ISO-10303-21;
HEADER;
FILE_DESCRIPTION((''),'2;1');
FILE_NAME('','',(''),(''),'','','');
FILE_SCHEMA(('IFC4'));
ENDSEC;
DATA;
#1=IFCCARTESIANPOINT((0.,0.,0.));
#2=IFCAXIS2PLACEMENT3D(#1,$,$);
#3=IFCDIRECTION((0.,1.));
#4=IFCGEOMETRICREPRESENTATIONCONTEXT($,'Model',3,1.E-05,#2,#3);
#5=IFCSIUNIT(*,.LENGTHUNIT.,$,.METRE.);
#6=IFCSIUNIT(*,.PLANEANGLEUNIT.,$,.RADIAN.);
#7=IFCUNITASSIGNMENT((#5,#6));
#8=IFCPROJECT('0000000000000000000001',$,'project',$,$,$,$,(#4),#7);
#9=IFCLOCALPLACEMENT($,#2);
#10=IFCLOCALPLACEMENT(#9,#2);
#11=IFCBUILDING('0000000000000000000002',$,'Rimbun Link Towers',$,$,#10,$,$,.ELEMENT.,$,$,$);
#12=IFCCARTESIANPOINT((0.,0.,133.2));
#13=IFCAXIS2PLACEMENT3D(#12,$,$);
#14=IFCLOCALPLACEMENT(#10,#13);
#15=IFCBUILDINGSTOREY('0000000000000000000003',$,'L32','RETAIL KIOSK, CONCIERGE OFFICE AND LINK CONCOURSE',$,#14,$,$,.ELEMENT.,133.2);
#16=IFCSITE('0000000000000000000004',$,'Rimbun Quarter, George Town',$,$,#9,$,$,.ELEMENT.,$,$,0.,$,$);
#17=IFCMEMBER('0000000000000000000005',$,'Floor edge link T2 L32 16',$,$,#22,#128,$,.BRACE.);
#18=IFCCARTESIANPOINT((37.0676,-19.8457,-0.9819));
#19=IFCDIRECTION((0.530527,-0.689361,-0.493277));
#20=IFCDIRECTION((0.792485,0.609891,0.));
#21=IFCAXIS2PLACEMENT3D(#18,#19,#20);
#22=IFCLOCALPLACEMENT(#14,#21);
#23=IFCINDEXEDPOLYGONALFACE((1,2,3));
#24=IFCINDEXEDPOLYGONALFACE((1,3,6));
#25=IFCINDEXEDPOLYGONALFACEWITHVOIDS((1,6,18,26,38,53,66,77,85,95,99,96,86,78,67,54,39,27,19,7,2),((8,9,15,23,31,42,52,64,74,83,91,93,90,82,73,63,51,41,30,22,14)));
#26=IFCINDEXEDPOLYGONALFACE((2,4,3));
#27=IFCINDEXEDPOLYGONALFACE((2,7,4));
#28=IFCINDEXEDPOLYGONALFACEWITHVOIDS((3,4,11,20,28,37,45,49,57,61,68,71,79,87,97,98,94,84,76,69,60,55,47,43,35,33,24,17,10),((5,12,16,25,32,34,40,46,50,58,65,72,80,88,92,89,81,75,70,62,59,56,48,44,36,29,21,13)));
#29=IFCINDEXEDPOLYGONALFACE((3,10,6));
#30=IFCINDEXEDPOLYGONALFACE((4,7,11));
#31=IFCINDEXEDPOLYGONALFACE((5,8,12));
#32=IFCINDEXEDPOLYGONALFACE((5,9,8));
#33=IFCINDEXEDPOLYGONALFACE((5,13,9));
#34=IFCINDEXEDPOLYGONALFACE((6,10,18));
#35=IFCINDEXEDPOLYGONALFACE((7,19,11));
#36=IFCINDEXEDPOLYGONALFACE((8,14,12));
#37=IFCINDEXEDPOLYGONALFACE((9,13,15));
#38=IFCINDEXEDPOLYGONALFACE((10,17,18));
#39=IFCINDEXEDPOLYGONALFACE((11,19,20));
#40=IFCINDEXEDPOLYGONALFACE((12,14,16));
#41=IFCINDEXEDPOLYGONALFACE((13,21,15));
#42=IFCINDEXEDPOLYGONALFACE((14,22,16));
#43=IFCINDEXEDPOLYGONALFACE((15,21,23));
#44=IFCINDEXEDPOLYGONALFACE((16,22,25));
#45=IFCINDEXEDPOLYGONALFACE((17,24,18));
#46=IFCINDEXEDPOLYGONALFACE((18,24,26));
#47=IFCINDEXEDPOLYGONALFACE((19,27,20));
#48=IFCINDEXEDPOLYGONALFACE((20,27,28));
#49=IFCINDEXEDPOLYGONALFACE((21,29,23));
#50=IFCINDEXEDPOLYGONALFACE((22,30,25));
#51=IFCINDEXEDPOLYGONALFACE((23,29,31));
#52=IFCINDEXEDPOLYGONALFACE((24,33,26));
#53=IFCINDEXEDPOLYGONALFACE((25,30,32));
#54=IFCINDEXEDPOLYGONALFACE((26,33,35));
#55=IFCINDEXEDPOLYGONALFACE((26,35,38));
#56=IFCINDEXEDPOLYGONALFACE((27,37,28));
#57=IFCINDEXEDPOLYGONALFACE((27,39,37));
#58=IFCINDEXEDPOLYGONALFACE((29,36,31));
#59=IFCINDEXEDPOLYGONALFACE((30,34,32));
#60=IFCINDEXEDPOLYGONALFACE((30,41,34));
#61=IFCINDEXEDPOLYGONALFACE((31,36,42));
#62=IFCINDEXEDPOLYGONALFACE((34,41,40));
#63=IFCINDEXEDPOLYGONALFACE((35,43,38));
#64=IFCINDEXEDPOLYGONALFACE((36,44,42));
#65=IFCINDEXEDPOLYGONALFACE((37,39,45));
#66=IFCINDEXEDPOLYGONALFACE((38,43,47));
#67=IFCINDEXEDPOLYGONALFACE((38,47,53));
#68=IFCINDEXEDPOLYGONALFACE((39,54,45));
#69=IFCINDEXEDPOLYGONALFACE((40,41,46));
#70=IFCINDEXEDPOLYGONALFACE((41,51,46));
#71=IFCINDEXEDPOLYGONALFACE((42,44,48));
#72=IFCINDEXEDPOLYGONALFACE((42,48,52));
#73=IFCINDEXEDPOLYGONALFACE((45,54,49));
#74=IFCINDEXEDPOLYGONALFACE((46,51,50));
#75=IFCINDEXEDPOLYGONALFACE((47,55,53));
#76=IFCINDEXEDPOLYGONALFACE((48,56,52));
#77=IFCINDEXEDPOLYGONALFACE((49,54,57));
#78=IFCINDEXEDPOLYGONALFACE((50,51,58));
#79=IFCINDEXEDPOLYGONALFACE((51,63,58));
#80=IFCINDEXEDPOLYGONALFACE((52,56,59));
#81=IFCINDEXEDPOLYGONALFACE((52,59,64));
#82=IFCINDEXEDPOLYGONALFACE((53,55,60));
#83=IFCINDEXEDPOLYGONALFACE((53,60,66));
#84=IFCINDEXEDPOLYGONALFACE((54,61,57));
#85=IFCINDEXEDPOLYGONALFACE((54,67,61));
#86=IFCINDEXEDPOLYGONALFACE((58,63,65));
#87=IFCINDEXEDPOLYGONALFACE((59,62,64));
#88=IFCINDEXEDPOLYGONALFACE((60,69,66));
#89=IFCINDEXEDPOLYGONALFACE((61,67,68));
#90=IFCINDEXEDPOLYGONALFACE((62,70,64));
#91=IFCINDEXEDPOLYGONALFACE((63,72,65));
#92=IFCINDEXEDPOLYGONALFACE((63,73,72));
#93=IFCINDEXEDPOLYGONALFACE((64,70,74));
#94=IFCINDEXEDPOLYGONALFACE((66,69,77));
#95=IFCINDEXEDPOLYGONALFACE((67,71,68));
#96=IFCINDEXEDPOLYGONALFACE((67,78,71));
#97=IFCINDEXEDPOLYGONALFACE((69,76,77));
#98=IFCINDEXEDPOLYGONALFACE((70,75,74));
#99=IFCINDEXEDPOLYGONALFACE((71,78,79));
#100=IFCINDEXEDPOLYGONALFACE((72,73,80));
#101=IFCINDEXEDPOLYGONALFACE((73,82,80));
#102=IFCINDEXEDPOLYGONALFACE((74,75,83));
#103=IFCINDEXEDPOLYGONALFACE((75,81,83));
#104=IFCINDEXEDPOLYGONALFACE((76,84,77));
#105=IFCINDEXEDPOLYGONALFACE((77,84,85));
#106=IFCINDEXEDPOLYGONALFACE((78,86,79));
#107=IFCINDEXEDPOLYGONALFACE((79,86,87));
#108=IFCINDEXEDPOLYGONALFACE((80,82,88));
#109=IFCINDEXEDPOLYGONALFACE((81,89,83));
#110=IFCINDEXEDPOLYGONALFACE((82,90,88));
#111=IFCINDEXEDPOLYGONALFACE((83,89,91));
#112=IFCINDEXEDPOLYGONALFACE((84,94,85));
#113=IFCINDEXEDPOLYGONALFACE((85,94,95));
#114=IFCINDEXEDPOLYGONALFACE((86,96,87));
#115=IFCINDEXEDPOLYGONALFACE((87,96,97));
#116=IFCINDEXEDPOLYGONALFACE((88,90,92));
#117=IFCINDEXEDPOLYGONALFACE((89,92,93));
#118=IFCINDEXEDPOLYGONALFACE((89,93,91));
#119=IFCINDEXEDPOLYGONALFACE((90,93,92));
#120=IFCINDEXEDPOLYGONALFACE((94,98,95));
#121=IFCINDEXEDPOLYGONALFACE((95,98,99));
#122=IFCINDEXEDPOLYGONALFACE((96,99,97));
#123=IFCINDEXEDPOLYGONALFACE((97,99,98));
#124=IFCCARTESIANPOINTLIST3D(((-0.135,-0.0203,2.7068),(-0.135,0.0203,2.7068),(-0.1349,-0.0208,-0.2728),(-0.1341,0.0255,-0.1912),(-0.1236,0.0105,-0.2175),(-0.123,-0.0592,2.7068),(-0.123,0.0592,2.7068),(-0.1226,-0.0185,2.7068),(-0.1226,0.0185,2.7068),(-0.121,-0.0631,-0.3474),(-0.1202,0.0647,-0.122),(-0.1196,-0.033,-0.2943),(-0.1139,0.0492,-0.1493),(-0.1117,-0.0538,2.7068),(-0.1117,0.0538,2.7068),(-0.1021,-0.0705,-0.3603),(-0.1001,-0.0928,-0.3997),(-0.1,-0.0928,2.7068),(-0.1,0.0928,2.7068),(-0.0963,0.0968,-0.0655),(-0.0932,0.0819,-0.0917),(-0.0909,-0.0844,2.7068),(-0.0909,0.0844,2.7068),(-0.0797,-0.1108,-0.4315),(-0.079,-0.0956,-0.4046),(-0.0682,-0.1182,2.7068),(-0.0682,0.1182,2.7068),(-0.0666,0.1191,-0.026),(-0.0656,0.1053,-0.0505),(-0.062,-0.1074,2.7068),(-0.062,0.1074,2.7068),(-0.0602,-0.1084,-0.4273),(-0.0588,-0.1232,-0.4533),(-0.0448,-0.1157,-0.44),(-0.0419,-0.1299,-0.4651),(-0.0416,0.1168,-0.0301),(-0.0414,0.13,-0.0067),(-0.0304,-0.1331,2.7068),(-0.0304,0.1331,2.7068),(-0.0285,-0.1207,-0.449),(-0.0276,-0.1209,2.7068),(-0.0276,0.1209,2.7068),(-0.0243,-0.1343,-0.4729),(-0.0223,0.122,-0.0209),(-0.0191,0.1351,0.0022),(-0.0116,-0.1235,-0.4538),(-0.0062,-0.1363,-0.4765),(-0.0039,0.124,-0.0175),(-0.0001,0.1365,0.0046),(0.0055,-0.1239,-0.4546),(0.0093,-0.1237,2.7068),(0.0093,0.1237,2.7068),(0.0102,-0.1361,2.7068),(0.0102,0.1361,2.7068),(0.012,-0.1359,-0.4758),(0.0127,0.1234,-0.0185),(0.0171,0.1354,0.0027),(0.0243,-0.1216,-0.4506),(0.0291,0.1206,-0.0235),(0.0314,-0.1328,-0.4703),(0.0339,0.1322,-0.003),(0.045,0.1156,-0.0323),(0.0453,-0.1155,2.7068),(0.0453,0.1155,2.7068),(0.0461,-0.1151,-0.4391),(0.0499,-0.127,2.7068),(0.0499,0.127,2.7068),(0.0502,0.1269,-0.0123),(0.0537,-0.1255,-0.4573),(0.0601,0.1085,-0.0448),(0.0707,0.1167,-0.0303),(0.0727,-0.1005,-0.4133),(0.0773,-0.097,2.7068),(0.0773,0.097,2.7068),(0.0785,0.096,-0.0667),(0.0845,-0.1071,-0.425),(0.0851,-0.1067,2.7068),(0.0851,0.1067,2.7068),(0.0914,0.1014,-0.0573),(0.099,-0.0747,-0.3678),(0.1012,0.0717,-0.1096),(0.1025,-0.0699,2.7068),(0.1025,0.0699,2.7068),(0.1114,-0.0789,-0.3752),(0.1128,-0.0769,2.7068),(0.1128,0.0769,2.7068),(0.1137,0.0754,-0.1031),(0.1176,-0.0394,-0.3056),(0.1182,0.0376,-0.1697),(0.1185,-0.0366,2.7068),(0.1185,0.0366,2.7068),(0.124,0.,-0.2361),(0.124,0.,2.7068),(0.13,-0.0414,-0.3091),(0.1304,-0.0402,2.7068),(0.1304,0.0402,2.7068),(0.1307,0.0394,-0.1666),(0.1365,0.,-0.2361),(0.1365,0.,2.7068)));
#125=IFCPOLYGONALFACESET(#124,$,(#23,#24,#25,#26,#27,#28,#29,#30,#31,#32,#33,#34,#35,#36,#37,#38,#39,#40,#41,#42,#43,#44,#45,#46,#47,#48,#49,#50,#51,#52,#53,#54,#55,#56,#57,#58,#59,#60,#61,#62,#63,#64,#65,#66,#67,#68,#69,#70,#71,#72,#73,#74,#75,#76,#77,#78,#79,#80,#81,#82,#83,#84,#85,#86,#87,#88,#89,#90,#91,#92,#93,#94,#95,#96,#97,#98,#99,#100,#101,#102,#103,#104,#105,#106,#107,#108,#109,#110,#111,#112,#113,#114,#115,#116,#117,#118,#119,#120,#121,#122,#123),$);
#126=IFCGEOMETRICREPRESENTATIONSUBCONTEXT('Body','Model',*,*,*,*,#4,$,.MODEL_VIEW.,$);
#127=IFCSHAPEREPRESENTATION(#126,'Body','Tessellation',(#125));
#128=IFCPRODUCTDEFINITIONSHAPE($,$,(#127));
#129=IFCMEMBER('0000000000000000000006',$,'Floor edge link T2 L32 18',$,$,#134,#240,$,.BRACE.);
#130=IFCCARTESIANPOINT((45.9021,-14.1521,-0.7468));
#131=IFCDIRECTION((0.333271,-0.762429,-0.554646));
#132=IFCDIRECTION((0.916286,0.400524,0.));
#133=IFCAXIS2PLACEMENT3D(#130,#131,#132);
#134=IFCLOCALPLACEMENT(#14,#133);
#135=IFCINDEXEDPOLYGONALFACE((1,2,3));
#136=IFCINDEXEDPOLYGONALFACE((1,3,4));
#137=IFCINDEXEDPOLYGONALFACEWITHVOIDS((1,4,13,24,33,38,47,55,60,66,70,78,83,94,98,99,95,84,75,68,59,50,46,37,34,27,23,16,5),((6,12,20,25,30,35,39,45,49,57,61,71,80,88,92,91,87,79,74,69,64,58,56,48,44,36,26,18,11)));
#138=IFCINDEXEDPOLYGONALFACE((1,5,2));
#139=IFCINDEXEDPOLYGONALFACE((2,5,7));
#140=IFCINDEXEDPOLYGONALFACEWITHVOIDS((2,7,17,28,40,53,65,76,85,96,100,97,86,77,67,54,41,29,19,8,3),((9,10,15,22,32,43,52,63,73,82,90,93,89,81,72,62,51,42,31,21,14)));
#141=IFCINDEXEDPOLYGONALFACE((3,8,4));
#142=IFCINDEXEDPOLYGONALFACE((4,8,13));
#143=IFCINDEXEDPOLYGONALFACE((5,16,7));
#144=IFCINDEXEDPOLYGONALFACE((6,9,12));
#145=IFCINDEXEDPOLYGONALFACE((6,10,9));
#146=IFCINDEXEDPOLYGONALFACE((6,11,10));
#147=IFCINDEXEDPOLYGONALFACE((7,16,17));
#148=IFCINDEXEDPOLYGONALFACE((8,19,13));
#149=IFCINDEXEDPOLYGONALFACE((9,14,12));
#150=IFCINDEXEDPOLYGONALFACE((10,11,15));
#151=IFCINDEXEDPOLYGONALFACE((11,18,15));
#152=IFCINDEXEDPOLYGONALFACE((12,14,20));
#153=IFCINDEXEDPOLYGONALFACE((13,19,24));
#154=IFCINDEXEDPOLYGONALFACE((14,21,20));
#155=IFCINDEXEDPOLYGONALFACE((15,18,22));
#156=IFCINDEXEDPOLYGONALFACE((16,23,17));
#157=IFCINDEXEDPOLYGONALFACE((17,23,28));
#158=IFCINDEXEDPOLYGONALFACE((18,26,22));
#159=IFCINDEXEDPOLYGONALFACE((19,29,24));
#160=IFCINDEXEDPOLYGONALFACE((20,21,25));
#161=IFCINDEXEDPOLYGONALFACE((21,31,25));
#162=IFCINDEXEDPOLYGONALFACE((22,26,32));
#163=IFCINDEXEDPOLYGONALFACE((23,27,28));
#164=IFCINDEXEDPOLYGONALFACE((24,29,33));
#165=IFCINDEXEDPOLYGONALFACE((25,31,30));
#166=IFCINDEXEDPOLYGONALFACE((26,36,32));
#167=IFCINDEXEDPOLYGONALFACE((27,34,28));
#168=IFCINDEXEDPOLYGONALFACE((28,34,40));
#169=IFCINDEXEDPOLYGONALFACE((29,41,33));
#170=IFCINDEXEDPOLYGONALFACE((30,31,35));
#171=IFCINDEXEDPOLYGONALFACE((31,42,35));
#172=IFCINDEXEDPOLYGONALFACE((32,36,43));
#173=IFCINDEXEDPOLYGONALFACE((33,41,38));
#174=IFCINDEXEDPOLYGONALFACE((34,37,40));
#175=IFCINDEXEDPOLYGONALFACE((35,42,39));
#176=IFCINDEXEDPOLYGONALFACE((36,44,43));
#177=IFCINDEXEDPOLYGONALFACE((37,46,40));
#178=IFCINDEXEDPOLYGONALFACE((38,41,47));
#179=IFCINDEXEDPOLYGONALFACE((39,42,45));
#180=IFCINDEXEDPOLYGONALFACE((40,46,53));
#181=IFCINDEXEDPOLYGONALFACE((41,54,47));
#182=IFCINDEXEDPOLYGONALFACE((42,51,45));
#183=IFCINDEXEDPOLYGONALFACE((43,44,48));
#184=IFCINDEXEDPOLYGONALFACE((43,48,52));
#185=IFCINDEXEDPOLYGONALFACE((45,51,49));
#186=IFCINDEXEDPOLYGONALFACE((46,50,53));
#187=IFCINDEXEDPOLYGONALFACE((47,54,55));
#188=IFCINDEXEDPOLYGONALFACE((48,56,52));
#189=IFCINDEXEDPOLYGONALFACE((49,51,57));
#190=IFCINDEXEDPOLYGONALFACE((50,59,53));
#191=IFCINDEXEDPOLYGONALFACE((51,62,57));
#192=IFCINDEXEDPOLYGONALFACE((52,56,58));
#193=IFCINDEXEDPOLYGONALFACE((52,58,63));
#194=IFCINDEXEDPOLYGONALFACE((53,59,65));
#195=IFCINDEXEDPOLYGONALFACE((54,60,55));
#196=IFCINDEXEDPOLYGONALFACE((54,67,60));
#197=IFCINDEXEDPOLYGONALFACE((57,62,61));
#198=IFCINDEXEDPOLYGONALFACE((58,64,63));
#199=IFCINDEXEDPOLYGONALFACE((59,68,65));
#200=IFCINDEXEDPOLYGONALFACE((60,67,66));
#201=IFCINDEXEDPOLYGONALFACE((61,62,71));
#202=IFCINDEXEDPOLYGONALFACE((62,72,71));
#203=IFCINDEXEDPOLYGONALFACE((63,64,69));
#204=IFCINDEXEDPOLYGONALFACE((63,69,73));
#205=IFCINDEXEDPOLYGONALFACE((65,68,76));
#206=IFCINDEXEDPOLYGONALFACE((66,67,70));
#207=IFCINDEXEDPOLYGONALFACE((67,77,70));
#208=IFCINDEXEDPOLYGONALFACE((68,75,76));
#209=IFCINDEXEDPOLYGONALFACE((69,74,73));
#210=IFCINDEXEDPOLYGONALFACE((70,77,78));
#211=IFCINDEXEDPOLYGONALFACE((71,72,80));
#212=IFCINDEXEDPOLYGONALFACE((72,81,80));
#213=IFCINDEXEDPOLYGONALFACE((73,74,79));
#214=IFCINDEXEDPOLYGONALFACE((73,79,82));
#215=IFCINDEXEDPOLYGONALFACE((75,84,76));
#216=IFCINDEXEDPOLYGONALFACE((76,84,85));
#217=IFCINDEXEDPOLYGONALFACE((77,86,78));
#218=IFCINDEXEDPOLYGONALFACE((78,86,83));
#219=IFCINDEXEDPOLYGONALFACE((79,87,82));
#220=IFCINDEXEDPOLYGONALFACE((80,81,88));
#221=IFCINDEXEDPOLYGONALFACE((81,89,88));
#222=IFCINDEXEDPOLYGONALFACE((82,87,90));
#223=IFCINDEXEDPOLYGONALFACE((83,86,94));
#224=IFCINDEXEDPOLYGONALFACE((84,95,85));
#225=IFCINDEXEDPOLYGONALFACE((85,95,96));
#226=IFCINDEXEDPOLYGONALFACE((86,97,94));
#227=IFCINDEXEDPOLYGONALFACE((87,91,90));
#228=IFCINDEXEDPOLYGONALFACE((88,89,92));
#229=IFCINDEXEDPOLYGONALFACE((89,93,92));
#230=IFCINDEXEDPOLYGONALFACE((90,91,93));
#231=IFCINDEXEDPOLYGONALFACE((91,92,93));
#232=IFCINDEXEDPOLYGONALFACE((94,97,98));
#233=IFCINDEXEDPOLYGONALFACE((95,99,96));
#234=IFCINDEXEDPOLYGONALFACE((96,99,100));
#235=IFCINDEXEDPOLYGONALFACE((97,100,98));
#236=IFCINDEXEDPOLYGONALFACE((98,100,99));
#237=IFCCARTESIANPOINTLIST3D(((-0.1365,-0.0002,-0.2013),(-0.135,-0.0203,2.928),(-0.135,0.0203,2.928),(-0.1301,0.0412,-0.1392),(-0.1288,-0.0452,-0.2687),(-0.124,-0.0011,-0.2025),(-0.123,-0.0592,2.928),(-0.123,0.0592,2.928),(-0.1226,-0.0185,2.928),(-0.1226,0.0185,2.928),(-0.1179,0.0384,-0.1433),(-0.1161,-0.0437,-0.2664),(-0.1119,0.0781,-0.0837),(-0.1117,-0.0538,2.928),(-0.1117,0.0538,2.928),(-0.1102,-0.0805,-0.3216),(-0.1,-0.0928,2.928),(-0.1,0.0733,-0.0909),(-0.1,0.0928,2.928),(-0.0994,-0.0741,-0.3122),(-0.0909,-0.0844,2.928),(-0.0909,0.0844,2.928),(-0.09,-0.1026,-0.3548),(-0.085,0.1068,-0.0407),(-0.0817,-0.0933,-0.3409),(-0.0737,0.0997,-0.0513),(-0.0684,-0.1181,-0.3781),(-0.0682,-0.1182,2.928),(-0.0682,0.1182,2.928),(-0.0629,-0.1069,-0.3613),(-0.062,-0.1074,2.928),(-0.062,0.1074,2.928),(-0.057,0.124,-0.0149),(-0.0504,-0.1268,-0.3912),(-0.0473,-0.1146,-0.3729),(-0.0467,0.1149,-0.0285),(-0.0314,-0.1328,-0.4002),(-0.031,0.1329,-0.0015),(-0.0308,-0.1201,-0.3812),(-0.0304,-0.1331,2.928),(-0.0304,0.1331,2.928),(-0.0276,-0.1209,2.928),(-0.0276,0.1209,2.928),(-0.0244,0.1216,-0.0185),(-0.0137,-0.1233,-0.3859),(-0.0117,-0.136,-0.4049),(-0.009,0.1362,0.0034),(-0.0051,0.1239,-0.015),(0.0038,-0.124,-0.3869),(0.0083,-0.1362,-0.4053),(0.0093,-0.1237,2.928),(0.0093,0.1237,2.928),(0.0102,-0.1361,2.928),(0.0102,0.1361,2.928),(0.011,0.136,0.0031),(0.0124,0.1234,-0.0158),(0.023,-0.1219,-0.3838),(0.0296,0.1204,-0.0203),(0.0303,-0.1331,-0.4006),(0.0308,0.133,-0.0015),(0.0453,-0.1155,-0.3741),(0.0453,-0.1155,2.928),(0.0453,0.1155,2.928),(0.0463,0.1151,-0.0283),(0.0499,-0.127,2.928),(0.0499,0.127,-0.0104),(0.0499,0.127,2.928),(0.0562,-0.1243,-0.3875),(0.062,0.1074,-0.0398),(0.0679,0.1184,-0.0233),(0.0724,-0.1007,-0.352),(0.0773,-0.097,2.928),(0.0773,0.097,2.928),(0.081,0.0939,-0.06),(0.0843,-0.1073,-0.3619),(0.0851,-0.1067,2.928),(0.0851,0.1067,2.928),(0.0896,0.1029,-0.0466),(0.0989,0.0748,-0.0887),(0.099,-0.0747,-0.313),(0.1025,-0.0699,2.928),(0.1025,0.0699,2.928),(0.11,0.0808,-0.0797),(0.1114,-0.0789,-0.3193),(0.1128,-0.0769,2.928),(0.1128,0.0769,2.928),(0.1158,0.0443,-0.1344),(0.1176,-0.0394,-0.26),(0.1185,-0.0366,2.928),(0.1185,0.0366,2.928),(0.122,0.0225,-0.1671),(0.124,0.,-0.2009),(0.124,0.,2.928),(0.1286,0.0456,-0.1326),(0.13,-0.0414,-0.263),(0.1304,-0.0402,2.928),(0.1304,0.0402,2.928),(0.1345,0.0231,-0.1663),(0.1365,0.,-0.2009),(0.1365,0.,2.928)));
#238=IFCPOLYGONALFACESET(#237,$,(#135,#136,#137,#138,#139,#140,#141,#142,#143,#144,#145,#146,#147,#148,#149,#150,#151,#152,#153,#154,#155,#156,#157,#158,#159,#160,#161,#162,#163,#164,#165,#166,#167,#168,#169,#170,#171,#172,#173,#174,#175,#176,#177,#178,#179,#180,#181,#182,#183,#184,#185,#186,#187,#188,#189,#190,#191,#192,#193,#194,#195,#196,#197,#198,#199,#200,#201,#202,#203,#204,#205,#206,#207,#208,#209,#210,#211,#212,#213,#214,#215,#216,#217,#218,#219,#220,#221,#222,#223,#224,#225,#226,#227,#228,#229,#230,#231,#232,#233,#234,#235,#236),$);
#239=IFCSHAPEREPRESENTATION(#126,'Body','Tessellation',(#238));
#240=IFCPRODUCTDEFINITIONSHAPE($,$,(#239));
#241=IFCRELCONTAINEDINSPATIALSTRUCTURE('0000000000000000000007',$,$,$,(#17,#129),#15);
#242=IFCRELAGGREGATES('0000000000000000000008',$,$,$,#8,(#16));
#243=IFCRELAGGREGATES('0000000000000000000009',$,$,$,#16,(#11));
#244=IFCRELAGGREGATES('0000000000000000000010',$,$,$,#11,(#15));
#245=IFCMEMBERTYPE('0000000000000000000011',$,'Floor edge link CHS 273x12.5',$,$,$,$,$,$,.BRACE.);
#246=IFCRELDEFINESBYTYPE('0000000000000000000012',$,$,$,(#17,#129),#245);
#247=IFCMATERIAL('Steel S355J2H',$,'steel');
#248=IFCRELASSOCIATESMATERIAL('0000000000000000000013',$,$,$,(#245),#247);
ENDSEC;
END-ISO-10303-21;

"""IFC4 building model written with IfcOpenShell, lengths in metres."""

from ifc_helpers import new_model, si_unit, direction, frame, origin, origin_2d, place, context, subcontext, project, spatial, hollow_circle, extrude, clip, halfspace, material, material_profile, profile_set, type_object, element, save


model = new_model("IFC4")

# Units and contexts
model_context = context("Model", 3, precision=1e-05, world=origin(), true_north=direction((0.0, 1.0)))
body_context = subcontext(model_context, "Body", "Model", "MODEL_VIEW")
ifc_project = project(units=[si_unit("LENGTHUNIT", "METRE"), si_unit("PLANEANGLEUNIT", "RADIAN")], contexts=[model_context])

# Site, building, storey
site_placement = place(None, origin())
site = spatial("IfcSite", under=ifc_project, at=site_placement, Name="Rimbun Quarter, George Town", CompositionType="ELEMENT", RefElevation=0.0)
building_placement = place(site_placement, origin())
building = spatial("IfcBuilding", under=site, at=building_placement, Name="Rimbun Link Towers", CompositionType="ELEMENT")
storey_placement = place(building_placement, frame((0.0, 0.0, 133.2)))
storey = spatial("IfcBuildingStorey", under=building, at=storey_placement, Name="L32", Description="RETAIL KIOSK, CONCIERGE OFFICE AND LINK CONCOURSE", CompositionType="ELEMENT", Elevation=133.2)

# Members
ifc_material_1 = material(Name="Steel S355J2H", Category="steel")
ifc_material_profile_1 = material_profile(ifc_material_1, hollow_circle(Radius=0.1365, WallThickness=0.0125, at=origin_2d()), Name="CHS 273x12.5")
ifc_profile_set_1 = profile_set([ifc_material_profile_1], Name="Steel S355J2H")
member_type_1 = type_object("IfcMemberType", Name="Floor edge link CHS 273x12.5", PredefinedType="BRACE", material=ifc_profile_set_1)
member_1_placement = place(storey_placement, frame((37.0676, -19.8457, -0.9819), z_axis=(0.530527, -0.689361, -0.493277), x_axis=(0.792485, 0.609891, 0.0)))
element("IfcMember", 1, at=member_1_placement, inside=storey, type_object=member_type_1, Name="Floor edge link T2 L32 16", PredefinedType="BRACE", context=body_context, shape_type="Clipping", body=[
    clip(extrude(hollow_circle(Radius=0.1365, WallThickness=0.0125, at=origin_2d()), frame((0.0, 0.0, -0.5017)), (0.0, 0.0, 1.0), 3.2085), halfspace(frame((0.0, 0.0, -0.2361), z_axis=(0.0, 0.869872, -0.493277)), False)),
])
member_2_placement = place(storey_placement, frame((45.9021, -14.1521, -0.7468), z_axis=(0.333271, -0.762429, -0.554646), x_axis=(0.916286, 0.400524, 0.0)))
element("IfcMember", 2, at=member_2_placement, inside=storey, type_object=member_type_1, Name="Floor edge link T2 L32 18", PredefinedType="BRACE", context=body_context, shape_type="Clipping", body=[
    clip(extrude(hollow_circle(Radius=0.1365, WallThickness=0.0125, at=origin_2d()), frame((0.0, 0.0, -0.4275)), (0.0, 0.0, 1.0), 3.3555), halfspace(frame((0.0, 0.0, -0.2009), z_axis=(0.0, 0.832087, -0.554646)), False)),
])

save(model, "model.ifc")
